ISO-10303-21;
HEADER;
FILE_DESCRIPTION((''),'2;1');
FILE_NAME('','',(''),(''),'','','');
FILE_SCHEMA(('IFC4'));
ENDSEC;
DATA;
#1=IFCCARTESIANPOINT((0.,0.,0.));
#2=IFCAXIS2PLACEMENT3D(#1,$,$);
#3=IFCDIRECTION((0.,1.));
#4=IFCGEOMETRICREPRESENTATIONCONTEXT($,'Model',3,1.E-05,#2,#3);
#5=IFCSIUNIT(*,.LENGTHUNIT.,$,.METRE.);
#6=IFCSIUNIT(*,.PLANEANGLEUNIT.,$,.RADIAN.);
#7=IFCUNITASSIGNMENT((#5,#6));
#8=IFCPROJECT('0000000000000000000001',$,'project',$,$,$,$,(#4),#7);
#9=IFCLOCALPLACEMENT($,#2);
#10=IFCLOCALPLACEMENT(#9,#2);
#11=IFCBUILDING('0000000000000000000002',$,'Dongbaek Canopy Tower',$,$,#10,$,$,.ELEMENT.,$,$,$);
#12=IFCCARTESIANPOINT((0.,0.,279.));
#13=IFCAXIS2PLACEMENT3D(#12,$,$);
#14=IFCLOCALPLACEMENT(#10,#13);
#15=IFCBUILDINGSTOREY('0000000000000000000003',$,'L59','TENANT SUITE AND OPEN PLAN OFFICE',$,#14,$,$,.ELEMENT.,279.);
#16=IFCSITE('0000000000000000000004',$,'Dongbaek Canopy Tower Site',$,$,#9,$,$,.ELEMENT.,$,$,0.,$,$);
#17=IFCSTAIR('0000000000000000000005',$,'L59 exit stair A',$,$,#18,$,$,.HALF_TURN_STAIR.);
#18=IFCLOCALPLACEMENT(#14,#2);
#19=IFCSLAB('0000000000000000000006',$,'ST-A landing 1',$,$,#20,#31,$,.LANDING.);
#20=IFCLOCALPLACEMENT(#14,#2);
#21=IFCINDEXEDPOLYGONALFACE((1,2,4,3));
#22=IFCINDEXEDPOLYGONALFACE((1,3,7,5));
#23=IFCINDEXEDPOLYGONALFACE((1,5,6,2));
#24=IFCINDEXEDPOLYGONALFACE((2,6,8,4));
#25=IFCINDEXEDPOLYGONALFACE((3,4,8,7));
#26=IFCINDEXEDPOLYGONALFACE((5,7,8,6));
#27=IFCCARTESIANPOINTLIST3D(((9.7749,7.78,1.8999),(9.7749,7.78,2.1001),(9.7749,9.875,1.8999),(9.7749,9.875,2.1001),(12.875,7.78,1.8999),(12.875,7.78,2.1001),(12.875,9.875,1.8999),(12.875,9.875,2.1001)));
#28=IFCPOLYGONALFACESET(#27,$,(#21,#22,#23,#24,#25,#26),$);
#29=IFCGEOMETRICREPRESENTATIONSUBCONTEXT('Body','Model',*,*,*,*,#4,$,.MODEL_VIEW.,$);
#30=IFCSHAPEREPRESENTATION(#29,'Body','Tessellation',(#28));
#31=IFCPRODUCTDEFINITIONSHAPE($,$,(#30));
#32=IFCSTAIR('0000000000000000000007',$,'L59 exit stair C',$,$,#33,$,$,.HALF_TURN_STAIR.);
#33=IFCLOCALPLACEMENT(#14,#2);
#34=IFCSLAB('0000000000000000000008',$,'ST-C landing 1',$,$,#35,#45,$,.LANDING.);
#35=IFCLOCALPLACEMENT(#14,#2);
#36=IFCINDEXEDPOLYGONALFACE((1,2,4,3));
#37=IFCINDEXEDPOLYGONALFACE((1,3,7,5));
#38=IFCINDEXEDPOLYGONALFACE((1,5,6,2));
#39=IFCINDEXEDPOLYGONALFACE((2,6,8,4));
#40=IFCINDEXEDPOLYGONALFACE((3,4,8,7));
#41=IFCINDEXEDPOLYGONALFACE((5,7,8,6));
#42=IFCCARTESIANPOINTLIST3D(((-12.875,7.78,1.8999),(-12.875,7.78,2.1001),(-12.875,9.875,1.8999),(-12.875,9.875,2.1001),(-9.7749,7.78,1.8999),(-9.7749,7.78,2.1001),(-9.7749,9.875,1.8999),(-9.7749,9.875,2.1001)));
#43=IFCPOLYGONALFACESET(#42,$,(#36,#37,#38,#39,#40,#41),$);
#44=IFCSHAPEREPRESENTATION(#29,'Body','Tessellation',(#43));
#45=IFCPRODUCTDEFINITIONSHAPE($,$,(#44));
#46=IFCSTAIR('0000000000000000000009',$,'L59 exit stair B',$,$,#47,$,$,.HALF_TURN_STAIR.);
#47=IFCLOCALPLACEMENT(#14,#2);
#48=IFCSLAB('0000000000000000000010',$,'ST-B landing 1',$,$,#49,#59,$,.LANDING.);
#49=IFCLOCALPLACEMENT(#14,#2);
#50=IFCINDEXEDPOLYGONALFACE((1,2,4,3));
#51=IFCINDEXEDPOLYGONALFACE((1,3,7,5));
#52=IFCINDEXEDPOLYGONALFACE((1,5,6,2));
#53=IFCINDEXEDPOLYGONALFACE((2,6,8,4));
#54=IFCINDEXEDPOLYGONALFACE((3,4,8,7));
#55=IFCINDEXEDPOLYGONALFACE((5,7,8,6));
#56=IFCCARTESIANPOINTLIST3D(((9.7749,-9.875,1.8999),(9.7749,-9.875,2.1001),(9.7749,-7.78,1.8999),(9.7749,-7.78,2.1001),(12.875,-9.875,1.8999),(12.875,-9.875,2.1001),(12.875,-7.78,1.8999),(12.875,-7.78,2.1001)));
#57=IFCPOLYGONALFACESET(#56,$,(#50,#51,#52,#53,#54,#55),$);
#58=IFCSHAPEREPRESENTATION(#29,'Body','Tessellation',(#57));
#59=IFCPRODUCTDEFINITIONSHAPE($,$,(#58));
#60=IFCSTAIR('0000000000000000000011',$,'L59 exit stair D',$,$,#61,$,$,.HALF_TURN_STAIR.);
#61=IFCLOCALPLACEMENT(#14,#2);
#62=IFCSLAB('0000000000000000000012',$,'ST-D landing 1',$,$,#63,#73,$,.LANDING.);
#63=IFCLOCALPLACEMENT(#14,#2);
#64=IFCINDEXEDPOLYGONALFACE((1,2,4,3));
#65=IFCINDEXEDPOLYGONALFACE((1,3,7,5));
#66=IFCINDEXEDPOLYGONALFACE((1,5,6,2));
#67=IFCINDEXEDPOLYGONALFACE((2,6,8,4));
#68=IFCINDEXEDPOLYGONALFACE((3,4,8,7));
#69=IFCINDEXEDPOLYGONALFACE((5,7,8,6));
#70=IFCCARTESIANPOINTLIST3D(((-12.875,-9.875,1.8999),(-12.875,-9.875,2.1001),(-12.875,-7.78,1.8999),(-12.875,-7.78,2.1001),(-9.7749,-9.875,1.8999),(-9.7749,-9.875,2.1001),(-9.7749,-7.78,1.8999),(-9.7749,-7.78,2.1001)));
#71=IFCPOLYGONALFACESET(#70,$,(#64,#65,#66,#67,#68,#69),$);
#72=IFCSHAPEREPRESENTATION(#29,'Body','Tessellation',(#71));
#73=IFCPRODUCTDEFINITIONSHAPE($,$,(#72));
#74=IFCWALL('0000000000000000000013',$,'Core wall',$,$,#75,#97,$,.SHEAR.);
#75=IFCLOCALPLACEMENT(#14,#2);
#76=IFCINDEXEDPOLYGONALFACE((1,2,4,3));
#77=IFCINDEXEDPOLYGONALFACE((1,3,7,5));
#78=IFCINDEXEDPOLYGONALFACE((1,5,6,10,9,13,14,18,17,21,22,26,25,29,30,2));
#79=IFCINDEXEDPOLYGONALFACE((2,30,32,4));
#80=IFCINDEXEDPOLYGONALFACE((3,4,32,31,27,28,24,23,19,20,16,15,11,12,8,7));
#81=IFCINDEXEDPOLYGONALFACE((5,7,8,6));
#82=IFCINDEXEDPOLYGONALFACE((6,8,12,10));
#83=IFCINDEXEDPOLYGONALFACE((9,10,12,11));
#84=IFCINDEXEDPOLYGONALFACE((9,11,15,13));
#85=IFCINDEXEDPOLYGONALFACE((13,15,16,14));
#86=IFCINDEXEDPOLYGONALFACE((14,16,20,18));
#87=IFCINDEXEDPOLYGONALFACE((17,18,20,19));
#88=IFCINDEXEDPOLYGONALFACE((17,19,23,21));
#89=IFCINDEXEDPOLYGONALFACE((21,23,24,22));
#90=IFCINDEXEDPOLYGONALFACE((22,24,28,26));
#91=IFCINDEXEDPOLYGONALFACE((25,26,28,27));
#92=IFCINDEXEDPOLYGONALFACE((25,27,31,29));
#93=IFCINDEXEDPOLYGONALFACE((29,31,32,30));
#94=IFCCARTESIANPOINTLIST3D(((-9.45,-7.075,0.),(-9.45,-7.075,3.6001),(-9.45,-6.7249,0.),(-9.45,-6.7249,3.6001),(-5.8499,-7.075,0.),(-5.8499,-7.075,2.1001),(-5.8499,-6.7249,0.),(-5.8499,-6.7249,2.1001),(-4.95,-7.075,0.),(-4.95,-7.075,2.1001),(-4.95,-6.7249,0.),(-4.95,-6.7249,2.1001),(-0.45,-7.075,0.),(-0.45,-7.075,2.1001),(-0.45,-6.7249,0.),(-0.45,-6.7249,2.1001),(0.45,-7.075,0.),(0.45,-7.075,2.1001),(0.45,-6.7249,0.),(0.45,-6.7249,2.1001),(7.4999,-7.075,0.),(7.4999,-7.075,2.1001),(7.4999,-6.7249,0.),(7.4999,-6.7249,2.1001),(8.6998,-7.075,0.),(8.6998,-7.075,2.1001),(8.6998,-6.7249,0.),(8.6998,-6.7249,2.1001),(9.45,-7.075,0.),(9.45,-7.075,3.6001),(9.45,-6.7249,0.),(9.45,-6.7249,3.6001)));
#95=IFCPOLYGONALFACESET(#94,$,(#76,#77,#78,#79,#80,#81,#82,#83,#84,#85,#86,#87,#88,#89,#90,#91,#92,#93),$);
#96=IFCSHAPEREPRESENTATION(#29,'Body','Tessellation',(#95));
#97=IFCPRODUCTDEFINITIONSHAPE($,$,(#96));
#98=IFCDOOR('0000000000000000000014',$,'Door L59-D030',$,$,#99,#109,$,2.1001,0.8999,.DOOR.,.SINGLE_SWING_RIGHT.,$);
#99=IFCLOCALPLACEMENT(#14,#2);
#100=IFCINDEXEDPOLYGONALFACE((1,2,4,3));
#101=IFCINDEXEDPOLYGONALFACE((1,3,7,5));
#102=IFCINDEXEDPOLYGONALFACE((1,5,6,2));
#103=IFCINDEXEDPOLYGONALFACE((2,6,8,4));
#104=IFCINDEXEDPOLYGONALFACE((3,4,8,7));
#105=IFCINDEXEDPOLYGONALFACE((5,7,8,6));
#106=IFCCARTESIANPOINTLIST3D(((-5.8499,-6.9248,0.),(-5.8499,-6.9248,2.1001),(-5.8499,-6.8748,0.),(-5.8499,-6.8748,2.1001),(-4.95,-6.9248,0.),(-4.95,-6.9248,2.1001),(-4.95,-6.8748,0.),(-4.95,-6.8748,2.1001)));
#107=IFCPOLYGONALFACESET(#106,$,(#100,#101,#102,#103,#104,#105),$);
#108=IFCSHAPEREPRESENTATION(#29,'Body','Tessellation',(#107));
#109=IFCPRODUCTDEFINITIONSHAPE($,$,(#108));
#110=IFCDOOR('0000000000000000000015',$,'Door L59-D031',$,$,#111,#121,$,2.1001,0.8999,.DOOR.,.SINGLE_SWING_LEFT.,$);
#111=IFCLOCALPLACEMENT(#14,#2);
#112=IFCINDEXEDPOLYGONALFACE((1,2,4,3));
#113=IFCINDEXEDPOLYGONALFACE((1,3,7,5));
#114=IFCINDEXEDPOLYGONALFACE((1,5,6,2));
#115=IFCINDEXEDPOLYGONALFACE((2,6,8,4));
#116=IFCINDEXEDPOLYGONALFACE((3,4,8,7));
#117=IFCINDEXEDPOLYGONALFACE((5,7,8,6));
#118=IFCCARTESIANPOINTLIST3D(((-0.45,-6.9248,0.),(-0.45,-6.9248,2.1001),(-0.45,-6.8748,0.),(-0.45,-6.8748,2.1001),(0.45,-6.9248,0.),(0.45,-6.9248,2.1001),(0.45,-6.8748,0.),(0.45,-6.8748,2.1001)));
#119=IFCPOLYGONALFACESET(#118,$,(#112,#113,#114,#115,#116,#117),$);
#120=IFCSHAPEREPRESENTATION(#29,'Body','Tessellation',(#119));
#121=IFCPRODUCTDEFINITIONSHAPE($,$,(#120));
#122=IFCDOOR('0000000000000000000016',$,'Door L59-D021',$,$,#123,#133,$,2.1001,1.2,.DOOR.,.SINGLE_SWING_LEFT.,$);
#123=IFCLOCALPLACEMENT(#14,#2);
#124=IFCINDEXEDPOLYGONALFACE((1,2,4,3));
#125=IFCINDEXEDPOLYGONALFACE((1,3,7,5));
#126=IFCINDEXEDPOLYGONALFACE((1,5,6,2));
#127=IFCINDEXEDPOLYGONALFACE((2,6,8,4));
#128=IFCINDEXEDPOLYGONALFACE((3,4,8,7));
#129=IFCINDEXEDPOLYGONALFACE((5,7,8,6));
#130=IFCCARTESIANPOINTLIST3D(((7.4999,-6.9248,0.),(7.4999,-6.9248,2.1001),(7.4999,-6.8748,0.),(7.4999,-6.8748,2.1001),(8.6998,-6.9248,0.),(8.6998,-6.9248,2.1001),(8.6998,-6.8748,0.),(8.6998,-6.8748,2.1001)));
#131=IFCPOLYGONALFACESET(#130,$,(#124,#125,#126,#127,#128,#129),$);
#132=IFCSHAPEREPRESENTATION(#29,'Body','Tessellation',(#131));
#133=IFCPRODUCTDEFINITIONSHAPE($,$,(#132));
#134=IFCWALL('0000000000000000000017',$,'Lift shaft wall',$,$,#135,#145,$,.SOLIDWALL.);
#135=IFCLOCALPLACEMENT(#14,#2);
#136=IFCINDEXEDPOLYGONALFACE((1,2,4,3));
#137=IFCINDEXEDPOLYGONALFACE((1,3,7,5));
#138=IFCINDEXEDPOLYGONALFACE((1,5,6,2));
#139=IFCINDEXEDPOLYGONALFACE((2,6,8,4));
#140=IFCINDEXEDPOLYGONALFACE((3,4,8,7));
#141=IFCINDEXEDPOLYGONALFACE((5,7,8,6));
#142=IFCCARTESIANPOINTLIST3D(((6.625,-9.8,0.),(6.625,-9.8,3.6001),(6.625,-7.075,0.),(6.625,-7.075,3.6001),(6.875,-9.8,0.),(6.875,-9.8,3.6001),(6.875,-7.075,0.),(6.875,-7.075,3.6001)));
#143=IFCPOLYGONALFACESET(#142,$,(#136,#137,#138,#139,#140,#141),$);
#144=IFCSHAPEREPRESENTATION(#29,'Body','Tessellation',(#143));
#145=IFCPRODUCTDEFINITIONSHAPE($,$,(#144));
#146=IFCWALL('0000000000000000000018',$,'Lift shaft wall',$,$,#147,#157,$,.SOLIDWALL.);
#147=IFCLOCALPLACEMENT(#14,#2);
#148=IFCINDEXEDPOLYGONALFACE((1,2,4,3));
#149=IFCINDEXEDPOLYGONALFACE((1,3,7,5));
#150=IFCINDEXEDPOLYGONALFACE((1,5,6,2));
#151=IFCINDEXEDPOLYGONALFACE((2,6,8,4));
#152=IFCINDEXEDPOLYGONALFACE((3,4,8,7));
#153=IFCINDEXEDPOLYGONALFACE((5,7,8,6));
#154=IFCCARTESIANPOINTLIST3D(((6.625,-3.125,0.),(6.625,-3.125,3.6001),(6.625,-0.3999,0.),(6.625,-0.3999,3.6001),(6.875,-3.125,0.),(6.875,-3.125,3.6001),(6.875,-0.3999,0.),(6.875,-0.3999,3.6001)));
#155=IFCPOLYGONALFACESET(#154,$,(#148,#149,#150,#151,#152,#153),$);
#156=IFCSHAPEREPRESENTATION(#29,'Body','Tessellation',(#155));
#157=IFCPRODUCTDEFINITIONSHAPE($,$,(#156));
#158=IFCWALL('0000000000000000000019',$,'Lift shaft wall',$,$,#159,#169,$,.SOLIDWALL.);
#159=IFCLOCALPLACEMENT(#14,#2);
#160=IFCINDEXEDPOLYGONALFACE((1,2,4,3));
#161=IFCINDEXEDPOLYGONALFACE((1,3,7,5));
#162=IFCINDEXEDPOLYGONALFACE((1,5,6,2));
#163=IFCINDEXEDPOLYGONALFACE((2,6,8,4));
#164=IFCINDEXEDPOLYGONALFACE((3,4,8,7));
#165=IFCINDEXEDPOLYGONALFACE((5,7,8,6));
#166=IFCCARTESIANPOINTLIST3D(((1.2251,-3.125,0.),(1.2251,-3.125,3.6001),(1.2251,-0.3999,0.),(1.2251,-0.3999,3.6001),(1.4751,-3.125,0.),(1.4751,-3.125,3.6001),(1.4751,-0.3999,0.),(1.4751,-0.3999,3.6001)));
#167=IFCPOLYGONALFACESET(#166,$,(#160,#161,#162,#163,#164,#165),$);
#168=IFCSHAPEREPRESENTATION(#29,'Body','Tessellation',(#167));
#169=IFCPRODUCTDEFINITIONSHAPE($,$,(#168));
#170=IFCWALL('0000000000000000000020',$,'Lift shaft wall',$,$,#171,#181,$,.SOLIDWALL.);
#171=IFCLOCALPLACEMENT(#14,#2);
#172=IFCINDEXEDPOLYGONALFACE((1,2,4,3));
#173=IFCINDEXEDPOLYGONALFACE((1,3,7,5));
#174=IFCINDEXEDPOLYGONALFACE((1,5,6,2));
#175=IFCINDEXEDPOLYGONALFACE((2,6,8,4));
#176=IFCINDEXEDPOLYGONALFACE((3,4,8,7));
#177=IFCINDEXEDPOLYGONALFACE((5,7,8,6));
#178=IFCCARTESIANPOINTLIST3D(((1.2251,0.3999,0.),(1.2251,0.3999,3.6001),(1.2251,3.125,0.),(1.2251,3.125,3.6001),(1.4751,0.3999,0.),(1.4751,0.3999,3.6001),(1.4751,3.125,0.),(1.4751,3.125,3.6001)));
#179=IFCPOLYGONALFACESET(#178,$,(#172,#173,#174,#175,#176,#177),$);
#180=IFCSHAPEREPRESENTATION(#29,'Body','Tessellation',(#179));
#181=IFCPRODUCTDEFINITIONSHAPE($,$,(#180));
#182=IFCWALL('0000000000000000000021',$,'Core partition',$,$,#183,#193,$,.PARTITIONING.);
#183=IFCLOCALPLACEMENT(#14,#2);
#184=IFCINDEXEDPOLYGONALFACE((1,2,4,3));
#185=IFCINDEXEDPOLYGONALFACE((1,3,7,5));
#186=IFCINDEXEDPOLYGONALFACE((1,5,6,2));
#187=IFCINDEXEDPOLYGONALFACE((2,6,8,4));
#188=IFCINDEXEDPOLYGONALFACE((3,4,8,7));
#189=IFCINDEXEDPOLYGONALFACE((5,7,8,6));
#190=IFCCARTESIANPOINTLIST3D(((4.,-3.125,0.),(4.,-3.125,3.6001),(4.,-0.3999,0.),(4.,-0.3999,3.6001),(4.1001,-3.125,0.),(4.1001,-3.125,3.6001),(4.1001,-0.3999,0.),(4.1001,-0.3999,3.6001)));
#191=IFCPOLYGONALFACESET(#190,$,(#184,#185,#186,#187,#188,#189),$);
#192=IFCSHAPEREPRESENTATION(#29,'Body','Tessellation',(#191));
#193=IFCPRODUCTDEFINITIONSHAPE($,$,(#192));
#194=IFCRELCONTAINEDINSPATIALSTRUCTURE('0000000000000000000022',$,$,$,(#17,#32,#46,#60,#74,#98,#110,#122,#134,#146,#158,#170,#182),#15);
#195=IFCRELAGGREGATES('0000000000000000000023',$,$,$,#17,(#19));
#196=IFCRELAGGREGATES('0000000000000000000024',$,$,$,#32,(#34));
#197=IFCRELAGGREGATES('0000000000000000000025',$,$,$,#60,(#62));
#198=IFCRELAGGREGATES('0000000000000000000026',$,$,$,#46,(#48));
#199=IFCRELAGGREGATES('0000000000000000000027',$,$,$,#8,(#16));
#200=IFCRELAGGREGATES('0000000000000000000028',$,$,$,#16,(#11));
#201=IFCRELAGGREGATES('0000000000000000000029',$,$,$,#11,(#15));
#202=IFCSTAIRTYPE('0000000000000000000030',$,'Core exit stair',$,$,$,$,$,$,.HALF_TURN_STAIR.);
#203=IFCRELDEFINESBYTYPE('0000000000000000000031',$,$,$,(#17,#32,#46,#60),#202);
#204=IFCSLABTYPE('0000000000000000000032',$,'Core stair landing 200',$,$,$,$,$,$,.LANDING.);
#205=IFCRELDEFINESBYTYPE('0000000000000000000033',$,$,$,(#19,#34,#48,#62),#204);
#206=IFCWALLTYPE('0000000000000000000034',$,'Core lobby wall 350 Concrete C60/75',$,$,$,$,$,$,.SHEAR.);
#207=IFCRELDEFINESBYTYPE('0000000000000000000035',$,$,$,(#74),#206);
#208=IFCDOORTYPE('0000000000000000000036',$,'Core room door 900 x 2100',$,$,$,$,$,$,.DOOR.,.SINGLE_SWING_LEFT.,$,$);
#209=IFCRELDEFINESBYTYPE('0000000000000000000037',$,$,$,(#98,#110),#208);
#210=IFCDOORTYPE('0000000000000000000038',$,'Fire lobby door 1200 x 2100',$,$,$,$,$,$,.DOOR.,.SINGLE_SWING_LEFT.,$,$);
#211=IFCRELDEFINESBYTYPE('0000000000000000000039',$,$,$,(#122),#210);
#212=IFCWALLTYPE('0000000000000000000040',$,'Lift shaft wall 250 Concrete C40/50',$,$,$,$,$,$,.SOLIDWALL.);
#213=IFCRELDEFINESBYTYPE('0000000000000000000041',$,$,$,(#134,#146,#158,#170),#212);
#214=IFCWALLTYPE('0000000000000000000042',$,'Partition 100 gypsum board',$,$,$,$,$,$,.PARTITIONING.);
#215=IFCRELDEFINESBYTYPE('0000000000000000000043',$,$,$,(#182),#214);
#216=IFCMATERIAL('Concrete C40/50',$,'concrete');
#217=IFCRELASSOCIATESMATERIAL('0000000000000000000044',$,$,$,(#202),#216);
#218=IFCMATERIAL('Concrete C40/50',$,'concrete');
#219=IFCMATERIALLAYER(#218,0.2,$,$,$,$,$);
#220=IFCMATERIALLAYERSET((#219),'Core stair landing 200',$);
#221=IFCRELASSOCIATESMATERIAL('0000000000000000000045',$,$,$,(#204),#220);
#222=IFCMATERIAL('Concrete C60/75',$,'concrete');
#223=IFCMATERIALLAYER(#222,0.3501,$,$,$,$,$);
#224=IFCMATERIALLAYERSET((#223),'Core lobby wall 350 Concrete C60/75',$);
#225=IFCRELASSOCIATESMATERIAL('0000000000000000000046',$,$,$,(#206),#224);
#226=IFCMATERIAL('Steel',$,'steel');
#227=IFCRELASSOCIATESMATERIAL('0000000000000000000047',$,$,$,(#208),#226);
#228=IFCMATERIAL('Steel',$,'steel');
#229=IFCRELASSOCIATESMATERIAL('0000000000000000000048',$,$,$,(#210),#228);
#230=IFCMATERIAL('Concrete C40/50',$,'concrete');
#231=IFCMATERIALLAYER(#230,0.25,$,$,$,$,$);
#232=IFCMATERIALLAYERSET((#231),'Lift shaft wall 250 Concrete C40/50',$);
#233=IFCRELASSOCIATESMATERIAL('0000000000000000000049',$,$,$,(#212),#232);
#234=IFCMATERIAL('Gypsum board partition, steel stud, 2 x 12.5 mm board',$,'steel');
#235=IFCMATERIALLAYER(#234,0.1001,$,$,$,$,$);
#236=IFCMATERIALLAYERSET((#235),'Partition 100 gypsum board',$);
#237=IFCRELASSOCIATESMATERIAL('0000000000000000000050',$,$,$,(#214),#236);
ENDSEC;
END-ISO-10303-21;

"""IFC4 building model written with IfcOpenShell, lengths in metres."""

from ifc_helpers import new_model, si_unit, direction, frame, frame_2d, origin, place, context, subcontext, project, spatial, polyline, rectangle, outline, extrude, material, layer, layer_set, type_object, element, fill, aggregate, save


model = new_model("IFC4")

# Units and contexts
model_context = context("Model", 3, precision=1e-05, world=origin(), true_north=direction((0.0, 1.0)))
body_context = subcontext(model_context, "Body", "Model", "MODEL_VIEW")
ifc_project = project(units=[si_unit("LENGTHUNIT", "METRE"), si_unit("PLANEANGLEUNIT", "RADIAN")], contexts=[model_context])

# Site, building, storey
site_placement = place(None, origin())
site = spatial("IfcSite", under=ifc_project, at=site_placement, Name="Dongbaek Canopy Tower Site", CompositionType="ELEMENT", RefElevation=0.0)
building_placement = place(site_placement, origin())
building = spatial("IfcBuilding", under=site, at=building_placement, Name="Dongbaek Canopy Tower", CompositionType="ELEMENT")
storey_placement = place(building_placement, frame((0.0, 0.0, 279.0)))
storey = spatial("IfcBuildingStorey", under=building, at=storey_placement, Name="L59", Description="TENANT SUITE AND OPEN PLAN OFFICE", CompositionType="ELEMENT", Elevation=279.0)

# Stairs, slabs
ifc_material_1 = material(Name="Concrete C40/50", Category="concrete")
stair_type = type_object("IfcStairType", Name="Core exit stair", PredefinedType="HALF_TURN_STAIR", material=ifc_material_1)
stair_1_placement = place(storey_placement, origin())
stair_1 = element("IfcStair", 1, at=stair_1_placement, inside=storey, type_object=stair_type, Name="L59 exit stair A", PredefinedType="HALF_TURN_STAIR")
ifc_material_2 = material(Name="Concrete C40/50", Category="concrete")
ifc_layer_1 = layer(ifc_material_2, 0.2)
ifc_layer_set_1 = layer_set([ifc_layer_1], Name="Core stair landing 200")
slab_type = type_object("IfcSlabType", Name="Core stair landing 200", PredefinedType="LANDING", material=ifc_layer_set_1)
slab_1_placement = place(storey_placement, frame((0.0, 0.0, 1.8999)))
slab_1 = element("IfcSlab", 2, at=slab_1_placement, type_object=slab_type, Name="ST-A landing 1", PredefinedType="LANDING", context=body_context, shape_type="SweptSolid", body=[
    extrude(outline(polyline([(12.875, 7.78), (12.875, 9.875), (9.7749, 9.875), (9.7749, 7.78), (12.875, 7.78)])), origin(), (0.0, 0.0, 1.0), 0.2002),
])
aggregate(stair_1, [slab_1])
stair_2_placement = place(storey_placement, origin())
stair_2 = element("IfcStair", 3, at=stair_2_placement, inside=storey, type_object=stair_type, Name="L59 exit stair C", PredefinedType="HALF_TURN_STAIR")
slab_2_placement = place(storey_placement, frame((0.0, 0.0, 1.8999)))
slab_2 = element("IfcSlab", 4, at=slab_2_placement, type_object=slab_type, Name="ST-C landing 1", PredefinedType="LANDING", context=body_context, shape_type="SweptSolid", body=[
    extrude(outline(polyline([(-9.7749, 7.78), (-9.7749, 9.875), (-12.875, 9.875), (-12.875, 7.78), (-9.7749, 7.78)])), origin(), (0.0, 0.0, 1.0), 0.2002),
])
aggregate(stair_2, [slab_2])
stair_3_placement = place(storey_placement, origin())
stair_3 = element("IfcStair", 5, at=stair_3_placement, inside=storey, type_object=stair_type, Name="L59 exit stair B", PredefinedType="HALF_TURN_STAIR")
slab_3_placement = place(storey_placement, frame((0.0, 0.0, 1.8999)))
slab_3 = element("IfcSlab", 6, at=slab_3_placement, type_object=slab_type, Name="ST-B landing 1", PredefinedType="LANDING", context=body_context, shape_type="SweptSolid", body=[
    extrude(outline(polyline([(9.7749, -7.78), (9.7749, -9.875), (12.875, -9.875), (12.875, -7.78), (9.7749, -7.78)])), origin(), (0.0, 0.0, 1.0), 0.2002),
])
stair_4_placement = place(storey_placement, origin())
stair_4 = element("IfcStair", 7, at=stair_4_placement, inside=storey, type_object=stair_type, Name="L59 exit stair D", PredefinedType="HALF_TURN_STAIR")
slab_4_placement = place(storey_placement, frame((0.0, 0.0, 1.8999)))
slab_4 = element("IfcSlab", 8, at=slab_4_placement, type_object=slab_type, Name="ST-D landing 1", PredefinedType="LANDING", context=body_context, shape_type="SweptSolid", body=[
    extrude(outline(polyline([(-12.875, -7.78), (-12.875, -9.875), (-9.7749, -9.875), (-9.7749, -7.78), (-12.875, -7.78)])), origin(), (0.0, 0.0, 1.0), 0.2002),
])
aggregate(stair_4, [slab_4])

# Wall, openings, doors
ifc_material_3 = material(Name="Concrete C60/75", Category="concrete")
ifc_layer_2 = layer(ifc_material_3, 0.3501)
ifc_layer_set_2 = layer_set([ifc_layer_2], Name="Core lobby wall 350 Concrete C60/75")
wall_type_1 = type_object("IfcWallType", Name="Core lobby wall 350 Concrete C60/75", PredefinedType="SHEAR", material=ifc_layer_set_2)
wall_1_placement = place(storey_placement, frame((9.45, -6.8999, 0.0), z_axis=(0.0, 0.0, 1.0), x_axis=(-1.0, 0.0, 0.0)))
wall_1 = element("IfcWall", 9, at=wall_1_placement, inside=storey, type_object=wall_type_1, Name="Core wall", PredefinedType="SHEAR", context=body_context, shape_type="SweptSolid", body=[
    extrude(rectangle(XDim=18.8999, YDim=0.3501, at=frame_2d((9.45, 0.0))), origin(), (0.0, 0.0, 1.0), 3.6001),
])
opening_1_placement = place(wall_1_placement, frame((0.75, 0.0, 0.0)))
opening_1 = element("IfcOpeningElement", 10, at=opening_1_placement, cuts=wall_1, PredefinedType="OPENING", context=body_context, shape_type="SweptSolid", body=[
    extrude(rectangle(XDim=1.2, YDim=2.1001, at=frame_2d((0.6001, 1.05))), frame((0.0, 0.1851, 0.0), z_axis=(0.0, -1.0, 0.0), x_axis=(1.0, 0.0, 0.0)), (0.0, 0.0, 1.0), 0.3701),
])
opening_2_placement = place(wall_1_placement, frame((14.3999, 0.0, 0.0)))
opening_2 = element("IfcOpeningElement", 11, at=opening_2_placement, cuts=wall_1, PredefinedType="OPENING", context=body_context, shape_type="SweptSolid", body=[
    extrude(rectangle(XDim=0.8999, YDim=2.1001, at=frame_2d((0.45, 1.05))), frame((0.0, 0.1851, 0.0), z_axis=(0.0, -1.0, 0.0), x_axis=(1.0, 0.0, 0.0)), (0.0, 0.0, 1.0), 0.3701),
])
opening_3_placement = place(wall_1_placement, frame((9.0, 0.0, 0.0)))
opening_3 = element("IfcOpeningElement", 12, at=opening_3_placement, cuts=wall_1, PredefinedType="OPENING", context=body_context, shape_type="SweptSolid", body=[
    extrude(rectangle(XDim=0.8999, YDim=2.1001, at=frame_2d((0.45, 1.05))), frame((0.0, 0.1851, 0.0), z_axis=(0.0, -1.0, 0.0), x_axis=(1.0, 0.0, 0.0)), (0.0, 0.0, 1.0), 0.3701),
])
ifc_material_4 = material(Name="Steel", Category="steel")
door_type_1 = type_object("IfcDoorType", Name="Core room door 900 x 2100", OperationType="SINGLE_SWING_LEFT", PredefinedType="DOOR", material=ifc_material_4)
door_1_placement = place(opening_2_placement, origin())
door_1 = element("IfcDoor", 13, at=door_1_placement, inside=storey, type_object=door_type_1, Name="Door L59-D030", OperationType="SINGLE_SWING_RIGHT", OverallHeight=2.1001, OverallWidth=0.8999, PredefinedType="DOOR", context=body_context, shape_type="SweptSolid", body=[
    extrude(rectangle(XDim=0.8999, YDim=2.1001, at=frame_2d((0.45, 1.05))), frame((0.0, 0.0249, 0.0), z_axis=(0.0, -1.0, 0.0), x_axis=(1.0, 0.0, 0.0)), (0.0, 0.0, 1.0), 0.05),
])
fill(opening_2, door_1)
door_2_placement = place(opening_3_placement, origin())
door_2 = element("IfcDoor", 14, at=door_2_placement, inside=storey, type_object=door_type_1, Name="Door L59-D031", OperationType="SINGLE_SWING_LEFT", OverallHeight=2.1001, OverallWidth=0.8999, PredefinedType="DOOR", context=body_context, shape_type="SweptSolid", body=[
    extrude(rectangle(XDim=0.8999, YDim=2.1001, at=frame_2d((0.45, 1.05))), frame((0.0, 0.0249, 0.0), z_axis=(0.0, -1.0, 0.0), x_axis=(1.0, 0.0, 0.0)), (0.0, 0.0, 1.0), 0.05),
])
fill(opening_3, door_2)
ifc_material_5 = material(Name="Steel", Category="steel")
door_type_2 = type_object("IfcDoorType", Name="Fire lobby door 1200 x 2100", OperationType="SINGLE_SWING_LEFT", PredefinedType="DOOR", material=ifc_material_5)
door_3_placement = place(opening_1_placement, origin())
door_3 = element("IfcDoor", 15, at=door_3_placement, inside=storey, type_object=door_type_2, Name="Door L59-D021", OperationType="SINGLE_SWING_LEFT", OverallHeight=2.1001, OverallWidth=1.2, PredefinedType="DOOR", context=body_context, shape_type="SweptSolid", body=[
    extrude(rectangle(XDim=1.2, YDim=2.1001, at=frame_2d((0.6001, 1.05))), frame((0.0, 0.0249, 0.0), z_axis=(0.0, -1.0, 0.0), x_axis=(1.0, 0.0, 0.0)), (0.0, 0.0, 1.0), 0.05),
])
fill(opening_1, door_3)

# Walls
ifc_material_6 = material(Name="Concrete C40/50", Category="concrete")
ifc_layer_3 = layer(ifc_material_6, 0.25)
ifc_layer_set_3 = layer_set([ifc_layer_3], Name="Lift shaft wall 250 Concrete C40/50")
wall_type_2 = type_object("IfcWallType", Name="Lift shaft wall 250 Concrete C40/50", PredefinedType="SOLIDWALL", material=ifc_layer_set_3)
for number, where, z_axis, x_axis, name in (
    (16, (6.75, -9.8, 0.0), (0.0, 0.0, 1.0), (0.0, 1.0, 0.0), "Lift shaft wall"),
    (17, (6.75, -3.125, 0.0), (0.0, 0.0, 1.0), (0.0, 1.0, 0.0), "Lift shaft wall"),
    (18, (1.3501, -3.125, 0.0), (0.0, 0.0, 1.0), (0.0, 1.0, 0.0), "Lift shaft wall"),
    (19, (1.3501, 0.3999, 0.0), (0.0, 0.0, 1.0), (0.0, 1.0, 0.0), "Lift shaft wall"),
):
    element("IfcWall", number, at=place(storey_placement, frame(where, z_axis=z_axis, x_axis=x_axis)), inside=storey, type_object=wall_type_2, Name=name, PredefinedType="SOLIDWALL", context=body_context, shape_type="SweptSolid", body=[
        extrude(rectangle(XDim=2.7251, YDim=0.25, at=frame_2d((1.3625, 0.0))), origin(), (0.0, 0.0, 1.0), 3.6001),
    ])
ifc_material_7 = material(Name="Gypsum board partition, steel stud, 2 x 12.5 mm board", Category="steel")
ifc_layer_4 = layer(ifc_material_7, 0.1001)
ifc_layer_set_4 = layer_set([ifc_layer_4], Name="Partition 100 gypsum board")
wall_type_3 = type_object("IfcWallType", Name="Partition 100 gypsum board", PredefinedType="PARTITIONING", material=ifc_layer_set_4)
wall_2_placement = place(storey_placement, frame((4.05, -3.125, 0.0), z_axis=(0.0, 0.0, 1.0), x_axis=(0.0, 1.0, 0.0)))
element("IfcWall", 20, at=wall_2_placement, inside=storey, type_object=wall_type_3, Name="Core partition", PredefinedType="PARTITIONING", context=body_context, shape_type="SweptSolid", body=[
    extrude(rectangle(XDim=2.7251, YDim=0.1001, at=frame_2d((1.3625, 0.0))), origin(), (0.0, 0.0, 1.0), 3.6001),
])

aggregate(stair_3, [slab_3])

save(model, "model.ifc")
